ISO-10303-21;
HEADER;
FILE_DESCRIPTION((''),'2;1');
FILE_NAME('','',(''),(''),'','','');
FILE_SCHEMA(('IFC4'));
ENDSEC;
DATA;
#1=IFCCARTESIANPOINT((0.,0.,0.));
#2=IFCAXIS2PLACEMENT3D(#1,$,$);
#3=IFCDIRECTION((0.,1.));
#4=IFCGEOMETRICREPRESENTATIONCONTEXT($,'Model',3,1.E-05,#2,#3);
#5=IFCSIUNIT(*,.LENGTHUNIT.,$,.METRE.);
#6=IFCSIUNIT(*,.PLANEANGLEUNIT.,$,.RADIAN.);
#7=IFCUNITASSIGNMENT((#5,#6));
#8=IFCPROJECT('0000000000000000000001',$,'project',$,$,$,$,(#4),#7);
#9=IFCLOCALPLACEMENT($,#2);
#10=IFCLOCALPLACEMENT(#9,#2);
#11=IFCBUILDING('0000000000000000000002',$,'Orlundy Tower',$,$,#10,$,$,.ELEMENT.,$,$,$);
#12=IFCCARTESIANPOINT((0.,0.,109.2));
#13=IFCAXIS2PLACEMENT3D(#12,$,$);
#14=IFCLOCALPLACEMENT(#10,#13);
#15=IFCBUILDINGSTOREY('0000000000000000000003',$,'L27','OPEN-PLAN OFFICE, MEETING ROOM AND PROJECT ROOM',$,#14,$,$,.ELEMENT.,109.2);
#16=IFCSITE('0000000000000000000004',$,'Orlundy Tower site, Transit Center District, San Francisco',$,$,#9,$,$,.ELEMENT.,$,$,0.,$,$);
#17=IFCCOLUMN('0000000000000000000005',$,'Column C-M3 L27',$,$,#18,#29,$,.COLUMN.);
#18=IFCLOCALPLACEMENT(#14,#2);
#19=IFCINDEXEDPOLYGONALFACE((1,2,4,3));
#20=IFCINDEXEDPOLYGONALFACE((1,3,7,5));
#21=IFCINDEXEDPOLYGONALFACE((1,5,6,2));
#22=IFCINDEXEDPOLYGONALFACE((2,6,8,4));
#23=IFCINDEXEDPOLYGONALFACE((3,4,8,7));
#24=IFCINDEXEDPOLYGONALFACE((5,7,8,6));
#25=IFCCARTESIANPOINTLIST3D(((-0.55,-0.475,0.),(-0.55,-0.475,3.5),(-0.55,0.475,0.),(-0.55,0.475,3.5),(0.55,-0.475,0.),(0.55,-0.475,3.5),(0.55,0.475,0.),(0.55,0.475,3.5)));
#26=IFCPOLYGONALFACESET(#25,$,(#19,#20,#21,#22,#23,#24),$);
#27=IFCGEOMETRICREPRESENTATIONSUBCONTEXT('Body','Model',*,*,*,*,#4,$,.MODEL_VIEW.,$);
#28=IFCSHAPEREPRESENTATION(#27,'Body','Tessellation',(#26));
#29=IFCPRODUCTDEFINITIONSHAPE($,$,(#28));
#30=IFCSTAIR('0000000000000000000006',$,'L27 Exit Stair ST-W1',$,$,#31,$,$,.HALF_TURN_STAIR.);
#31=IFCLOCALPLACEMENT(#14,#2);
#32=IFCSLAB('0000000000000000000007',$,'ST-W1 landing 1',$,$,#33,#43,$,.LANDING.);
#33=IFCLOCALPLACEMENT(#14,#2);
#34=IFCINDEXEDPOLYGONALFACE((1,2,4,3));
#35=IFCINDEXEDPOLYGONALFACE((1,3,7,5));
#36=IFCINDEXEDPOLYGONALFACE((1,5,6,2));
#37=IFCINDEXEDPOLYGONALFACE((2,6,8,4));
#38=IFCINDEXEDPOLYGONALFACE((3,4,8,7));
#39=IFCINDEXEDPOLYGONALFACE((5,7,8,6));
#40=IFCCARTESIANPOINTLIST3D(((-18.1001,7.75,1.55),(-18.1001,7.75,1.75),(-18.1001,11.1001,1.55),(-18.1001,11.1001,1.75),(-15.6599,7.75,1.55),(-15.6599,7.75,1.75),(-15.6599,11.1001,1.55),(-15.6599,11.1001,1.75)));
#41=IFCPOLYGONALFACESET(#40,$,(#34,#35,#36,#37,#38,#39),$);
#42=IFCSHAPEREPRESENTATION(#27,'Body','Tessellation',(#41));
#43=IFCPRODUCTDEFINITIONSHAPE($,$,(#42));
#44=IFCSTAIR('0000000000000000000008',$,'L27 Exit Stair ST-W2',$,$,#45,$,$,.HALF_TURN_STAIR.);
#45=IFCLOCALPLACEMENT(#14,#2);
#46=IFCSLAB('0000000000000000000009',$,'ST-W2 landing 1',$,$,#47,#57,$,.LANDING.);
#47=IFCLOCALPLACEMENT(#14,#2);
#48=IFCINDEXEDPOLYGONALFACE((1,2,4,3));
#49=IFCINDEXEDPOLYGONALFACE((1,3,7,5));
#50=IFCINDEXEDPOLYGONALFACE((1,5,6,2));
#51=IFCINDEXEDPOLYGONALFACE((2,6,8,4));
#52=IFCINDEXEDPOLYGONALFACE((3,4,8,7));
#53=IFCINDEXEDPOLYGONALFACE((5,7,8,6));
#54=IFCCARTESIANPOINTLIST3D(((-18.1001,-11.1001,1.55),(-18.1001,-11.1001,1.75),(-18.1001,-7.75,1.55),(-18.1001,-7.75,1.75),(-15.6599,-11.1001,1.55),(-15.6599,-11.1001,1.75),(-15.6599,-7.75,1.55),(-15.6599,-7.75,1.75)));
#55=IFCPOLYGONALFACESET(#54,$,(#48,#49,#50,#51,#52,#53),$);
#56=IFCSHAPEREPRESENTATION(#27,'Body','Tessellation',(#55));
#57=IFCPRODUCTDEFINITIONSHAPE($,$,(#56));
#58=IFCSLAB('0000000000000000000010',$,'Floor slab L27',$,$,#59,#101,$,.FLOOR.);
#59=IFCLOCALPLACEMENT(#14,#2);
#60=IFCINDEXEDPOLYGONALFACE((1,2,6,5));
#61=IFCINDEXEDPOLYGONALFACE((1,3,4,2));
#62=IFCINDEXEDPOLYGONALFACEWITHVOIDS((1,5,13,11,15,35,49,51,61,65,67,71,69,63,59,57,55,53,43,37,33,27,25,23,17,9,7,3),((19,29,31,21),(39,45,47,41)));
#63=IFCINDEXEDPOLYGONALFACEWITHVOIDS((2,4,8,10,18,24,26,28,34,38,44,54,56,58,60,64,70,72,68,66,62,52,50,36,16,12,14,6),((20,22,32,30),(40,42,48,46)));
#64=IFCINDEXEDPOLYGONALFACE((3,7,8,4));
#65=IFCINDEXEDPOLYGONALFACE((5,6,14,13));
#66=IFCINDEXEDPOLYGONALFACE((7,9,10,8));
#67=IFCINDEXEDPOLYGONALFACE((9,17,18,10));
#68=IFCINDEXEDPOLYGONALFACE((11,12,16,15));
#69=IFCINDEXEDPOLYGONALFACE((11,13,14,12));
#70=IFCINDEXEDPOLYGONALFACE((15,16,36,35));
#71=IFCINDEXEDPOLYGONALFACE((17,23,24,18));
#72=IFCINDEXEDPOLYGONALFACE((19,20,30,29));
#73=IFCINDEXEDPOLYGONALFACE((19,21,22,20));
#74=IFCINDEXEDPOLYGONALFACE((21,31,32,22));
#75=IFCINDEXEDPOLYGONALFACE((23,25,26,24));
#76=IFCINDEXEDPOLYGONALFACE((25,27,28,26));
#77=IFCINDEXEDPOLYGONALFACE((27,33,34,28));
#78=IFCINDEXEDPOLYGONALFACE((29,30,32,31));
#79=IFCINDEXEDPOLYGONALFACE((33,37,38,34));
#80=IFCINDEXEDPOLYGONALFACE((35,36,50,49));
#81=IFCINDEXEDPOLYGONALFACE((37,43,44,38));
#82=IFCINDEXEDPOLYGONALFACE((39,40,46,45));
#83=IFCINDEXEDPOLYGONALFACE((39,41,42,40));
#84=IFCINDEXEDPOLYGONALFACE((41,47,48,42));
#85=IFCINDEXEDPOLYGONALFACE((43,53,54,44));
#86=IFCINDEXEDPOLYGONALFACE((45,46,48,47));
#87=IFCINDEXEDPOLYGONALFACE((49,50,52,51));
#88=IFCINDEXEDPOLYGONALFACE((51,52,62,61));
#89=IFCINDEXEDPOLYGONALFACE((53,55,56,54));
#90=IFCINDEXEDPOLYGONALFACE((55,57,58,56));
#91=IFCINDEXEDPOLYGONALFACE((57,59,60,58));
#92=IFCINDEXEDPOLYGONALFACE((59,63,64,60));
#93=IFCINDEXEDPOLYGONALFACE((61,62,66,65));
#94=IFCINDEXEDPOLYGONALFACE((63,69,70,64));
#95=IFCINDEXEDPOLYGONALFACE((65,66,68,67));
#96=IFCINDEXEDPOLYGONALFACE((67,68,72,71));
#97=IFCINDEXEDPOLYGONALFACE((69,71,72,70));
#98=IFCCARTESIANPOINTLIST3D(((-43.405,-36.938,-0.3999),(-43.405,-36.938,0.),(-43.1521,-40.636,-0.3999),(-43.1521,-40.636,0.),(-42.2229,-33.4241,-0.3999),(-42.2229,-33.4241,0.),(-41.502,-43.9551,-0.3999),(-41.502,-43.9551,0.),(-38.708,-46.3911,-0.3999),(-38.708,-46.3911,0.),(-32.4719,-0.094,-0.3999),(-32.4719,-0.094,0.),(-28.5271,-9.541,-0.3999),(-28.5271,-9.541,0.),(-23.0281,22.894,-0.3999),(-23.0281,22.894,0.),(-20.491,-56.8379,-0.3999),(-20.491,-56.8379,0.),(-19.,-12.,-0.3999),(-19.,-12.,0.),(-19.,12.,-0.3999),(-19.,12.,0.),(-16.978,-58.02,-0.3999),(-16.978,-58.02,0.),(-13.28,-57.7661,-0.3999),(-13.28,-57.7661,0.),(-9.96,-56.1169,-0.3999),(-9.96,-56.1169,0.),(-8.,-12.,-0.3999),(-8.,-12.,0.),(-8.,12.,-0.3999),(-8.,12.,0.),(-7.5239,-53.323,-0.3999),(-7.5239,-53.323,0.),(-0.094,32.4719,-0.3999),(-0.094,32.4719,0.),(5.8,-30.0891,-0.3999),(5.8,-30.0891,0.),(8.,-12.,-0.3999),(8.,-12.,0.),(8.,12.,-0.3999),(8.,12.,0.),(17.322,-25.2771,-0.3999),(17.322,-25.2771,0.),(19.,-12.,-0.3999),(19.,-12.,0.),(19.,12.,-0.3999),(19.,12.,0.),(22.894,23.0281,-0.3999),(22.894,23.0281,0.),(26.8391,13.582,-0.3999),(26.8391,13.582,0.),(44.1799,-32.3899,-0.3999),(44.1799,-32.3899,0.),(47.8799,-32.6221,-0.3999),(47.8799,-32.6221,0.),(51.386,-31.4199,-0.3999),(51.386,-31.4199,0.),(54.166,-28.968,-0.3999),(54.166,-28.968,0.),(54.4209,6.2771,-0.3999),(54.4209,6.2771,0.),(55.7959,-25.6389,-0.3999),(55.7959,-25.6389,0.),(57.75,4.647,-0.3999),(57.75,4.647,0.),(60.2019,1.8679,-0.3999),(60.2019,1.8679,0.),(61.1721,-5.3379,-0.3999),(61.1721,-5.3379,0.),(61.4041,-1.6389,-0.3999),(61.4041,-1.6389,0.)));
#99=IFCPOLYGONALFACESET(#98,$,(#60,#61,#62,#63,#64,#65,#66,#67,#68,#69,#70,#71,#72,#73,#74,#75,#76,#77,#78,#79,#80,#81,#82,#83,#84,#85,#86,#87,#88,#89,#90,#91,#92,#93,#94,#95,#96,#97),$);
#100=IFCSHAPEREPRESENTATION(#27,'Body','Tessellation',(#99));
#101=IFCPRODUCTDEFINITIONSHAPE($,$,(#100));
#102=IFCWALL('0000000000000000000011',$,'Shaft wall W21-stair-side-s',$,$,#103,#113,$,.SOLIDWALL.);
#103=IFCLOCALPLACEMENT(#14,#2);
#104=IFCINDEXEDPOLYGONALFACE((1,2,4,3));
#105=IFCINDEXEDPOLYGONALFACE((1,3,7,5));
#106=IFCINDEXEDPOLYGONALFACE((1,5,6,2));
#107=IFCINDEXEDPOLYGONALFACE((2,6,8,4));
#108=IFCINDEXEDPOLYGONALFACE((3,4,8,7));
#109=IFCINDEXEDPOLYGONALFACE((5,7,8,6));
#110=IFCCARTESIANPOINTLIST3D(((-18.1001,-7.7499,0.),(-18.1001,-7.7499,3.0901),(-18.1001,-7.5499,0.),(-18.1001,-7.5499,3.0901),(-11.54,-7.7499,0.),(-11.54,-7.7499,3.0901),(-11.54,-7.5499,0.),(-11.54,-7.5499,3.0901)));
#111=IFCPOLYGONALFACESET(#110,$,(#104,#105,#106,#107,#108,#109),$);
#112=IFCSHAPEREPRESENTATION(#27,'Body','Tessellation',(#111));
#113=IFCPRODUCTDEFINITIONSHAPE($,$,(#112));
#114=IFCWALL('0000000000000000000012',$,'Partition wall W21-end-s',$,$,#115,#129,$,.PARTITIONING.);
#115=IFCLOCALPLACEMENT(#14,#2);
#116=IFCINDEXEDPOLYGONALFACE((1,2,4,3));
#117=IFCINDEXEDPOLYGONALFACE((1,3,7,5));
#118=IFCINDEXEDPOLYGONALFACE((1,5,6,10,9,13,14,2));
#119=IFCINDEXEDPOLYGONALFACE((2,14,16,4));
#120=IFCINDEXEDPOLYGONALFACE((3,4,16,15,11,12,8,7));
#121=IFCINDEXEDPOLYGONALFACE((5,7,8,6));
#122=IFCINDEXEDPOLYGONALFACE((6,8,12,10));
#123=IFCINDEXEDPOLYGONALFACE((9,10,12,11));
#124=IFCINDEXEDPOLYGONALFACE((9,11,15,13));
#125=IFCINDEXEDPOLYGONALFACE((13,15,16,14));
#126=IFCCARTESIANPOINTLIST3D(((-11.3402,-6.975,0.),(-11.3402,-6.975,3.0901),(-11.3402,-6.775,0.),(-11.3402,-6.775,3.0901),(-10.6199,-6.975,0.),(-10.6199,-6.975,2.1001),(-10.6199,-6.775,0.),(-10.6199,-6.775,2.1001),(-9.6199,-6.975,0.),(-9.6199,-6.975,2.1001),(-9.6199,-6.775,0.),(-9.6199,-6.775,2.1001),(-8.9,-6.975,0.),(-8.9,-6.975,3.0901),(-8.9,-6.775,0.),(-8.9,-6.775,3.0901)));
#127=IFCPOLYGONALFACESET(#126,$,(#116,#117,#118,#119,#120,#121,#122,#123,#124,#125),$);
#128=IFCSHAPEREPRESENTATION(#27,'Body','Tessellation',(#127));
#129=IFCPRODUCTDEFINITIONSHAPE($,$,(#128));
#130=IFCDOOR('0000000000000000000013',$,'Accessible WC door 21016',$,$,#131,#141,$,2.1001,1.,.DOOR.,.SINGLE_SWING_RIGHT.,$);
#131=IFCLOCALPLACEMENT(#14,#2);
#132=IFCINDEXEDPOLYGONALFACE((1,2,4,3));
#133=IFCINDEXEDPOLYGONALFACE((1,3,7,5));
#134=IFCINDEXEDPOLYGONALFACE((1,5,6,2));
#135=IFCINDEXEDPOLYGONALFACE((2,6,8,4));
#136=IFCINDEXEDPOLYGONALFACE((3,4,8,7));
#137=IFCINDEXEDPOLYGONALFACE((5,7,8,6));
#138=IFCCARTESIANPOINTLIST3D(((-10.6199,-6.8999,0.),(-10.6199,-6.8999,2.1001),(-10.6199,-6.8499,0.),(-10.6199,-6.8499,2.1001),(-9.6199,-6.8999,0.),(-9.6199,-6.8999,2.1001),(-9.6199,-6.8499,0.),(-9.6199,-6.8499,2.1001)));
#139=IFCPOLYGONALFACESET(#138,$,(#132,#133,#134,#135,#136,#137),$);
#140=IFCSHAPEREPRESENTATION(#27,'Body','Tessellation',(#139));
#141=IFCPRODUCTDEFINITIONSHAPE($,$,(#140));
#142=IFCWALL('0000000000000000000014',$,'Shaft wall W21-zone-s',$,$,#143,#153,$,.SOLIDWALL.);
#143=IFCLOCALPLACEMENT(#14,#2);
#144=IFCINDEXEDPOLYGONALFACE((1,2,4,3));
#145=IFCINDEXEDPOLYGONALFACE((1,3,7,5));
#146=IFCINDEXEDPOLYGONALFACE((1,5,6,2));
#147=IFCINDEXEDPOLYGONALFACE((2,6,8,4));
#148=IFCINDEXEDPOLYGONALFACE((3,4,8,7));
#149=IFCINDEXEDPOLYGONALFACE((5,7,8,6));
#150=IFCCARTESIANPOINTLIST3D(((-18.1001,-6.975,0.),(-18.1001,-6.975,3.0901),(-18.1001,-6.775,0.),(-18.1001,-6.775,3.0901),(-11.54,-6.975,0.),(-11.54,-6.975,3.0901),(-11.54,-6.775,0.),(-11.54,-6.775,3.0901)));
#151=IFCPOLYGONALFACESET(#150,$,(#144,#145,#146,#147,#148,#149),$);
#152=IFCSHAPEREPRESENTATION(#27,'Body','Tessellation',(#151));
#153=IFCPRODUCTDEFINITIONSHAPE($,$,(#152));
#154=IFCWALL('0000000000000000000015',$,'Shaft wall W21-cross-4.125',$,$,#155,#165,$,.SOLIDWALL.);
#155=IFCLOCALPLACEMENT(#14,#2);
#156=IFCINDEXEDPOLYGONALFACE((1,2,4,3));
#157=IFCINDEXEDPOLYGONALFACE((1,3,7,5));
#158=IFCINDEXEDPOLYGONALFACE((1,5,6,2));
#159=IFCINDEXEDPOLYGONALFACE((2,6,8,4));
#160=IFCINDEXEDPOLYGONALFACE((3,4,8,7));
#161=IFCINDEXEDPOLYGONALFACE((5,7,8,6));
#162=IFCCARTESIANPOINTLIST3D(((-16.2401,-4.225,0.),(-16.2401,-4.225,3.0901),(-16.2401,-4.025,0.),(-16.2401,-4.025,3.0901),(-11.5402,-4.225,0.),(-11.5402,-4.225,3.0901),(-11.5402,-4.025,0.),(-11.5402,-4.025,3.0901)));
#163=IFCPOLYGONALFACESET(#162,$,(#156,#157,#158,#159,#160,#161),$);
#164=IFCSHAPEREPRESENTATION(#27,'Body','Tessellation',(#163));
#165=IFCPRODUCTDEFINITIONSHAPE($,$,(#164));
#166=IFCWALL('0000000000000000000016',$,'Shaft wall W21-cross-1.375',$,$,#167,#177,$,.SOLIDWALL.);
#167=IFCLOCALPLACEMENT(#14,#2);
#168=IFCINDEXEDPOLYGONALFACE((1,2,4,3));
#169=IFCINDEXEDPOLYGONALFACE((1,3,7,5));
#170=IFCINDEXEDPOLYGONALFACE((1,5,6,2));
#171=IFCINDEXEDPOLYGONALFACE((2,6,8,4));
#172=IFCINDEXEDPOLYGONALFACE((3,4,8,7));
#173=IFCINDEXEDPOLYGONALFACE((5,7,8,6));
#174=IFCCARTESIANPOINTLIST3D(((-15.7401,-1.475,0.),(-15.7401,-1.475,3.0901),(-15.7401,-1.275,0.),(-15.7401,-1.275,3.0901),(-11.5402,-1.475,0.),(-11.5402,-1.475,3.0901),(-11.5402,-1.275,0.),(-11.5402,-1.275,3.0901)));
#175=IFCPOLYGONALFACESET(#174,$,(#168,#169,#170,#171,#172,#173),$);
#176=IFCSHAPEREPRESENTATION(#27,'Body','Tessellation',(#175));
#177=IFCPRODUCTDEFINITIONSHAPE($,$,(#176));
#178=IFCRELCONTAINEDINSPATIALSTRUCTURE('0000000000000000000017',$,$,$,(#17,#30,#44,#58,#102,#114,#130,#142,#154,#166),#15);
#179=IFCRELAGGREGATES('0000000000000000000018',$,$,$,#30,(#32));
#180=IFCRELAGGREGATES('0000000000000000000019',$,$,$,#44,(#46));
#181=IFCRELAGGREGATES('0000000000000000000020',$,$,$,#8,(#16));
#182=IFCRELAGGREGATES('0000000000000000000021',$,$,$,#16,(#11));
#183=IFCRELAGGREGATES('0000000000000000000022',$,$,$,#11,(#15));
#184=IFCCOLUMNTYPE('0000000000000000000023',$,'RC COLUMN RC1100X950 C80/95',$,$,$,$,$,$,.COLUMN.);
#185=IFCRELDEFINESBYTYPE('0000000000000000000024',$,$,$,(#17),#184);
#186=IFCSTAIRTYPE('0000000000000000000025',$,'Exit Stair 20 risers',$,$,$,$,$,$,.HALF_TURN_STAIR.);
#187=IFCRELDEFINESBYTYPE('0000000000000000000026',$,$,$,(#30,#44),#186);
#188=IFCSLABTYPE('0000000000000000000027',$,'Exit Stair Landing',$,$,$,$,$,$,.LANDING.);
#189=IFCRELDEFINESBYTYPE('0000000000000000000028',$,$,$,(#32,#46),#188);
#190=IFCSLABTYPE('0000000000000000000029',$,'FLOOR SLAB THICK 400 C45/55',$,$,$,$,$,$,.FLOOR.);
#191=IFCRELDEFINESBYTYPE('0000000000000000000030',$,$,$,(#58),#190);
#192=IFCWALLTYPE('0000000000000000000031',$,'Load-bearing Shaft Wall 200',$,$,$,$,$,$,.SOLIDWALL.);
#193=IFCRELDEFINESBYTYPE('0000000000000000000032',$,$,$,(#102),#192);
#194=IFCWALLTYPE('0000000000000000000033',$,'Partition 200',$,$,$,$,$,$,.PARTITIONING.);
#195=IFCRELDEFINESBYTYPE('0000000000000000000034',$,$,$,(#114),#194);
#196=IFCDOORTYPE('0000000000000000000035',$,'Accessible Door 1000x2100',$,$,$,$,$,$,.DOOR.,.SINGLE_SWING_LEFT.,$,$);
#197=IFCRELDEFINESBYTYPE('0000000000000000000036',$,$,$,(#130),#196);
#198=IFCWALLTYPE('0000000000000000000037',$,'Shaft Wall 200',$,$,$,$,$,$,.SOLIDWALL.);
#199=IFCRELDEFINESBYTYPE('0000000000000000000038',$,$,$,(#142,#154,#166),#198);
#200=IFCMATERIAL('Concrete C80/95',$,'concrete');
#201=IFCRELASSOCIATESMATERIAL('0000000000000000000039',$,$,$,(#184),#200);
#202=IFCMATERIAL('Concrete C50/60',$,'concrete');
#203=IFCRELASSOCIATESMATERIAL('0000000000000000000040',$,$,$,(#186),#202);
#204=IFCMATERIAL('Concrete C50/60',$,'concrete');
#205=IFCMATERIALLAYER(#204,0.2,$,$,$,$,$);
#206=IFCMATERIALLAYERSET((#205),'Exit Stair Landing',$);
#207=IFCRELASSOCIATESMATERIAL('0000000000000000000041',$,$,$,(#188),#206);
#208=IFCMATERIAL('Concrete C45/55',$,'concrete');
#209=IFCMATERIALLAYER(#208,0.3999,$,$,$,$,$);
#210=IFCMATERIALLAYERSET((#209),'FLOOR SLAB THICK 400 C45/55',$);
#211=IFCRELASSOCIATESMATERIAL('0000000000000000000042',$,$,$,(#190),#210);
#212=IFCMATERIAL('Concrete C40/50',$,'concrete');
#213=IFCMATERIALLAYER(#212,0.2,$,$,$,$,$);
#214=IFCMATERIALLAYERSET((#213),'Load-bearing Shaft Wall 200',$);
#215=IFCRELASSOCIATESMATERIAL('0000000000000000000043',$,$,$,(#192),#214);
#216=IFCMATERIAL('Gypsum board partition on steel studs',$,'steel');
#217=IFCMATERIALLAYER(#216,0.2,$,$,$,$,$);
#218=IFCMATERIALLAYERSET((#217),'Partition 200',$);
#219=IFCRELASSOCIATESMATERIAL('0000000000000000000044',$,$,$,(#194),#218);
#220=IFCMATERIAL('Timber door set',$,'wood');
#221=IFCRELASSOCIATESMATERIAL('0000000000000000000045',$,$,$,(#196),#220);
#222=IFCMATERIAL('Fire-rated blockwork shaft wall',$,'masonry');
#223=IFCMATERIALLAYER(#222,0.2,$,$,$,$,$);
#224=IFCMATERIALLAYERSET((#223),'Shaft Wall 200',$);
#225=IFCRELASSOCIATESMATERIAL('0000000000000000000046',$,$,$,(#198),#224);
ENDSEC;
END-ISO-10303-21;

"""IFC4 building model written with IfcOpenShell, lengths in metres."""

from ifc_helpers import new_model, si_unit, direction, frame, frame_2d, origin, origin_with_axes, origin_2d, place, context, subcontext, project, spatial, polyline, rectangle, outline, extrude, material, layer, layer_set, material_profile, profile_set, type_object, element, fill, aggregate, save


model = new_model("IFC4")

# Units and contexts
model_context = context("Model", 3, precision=1e-05, world=origin(), true_north=direction((0.0, 1.0)))
body_context = subcontext(model_context, "Body", "Model", "MODEL_VIEW")
ifc_project = project(units=[si_unit("LENGTHUNIT", "METRE"), si_unit("PLANEANGLEUNIT", "RADIAN")], contexts=[model_context])

# Site, building, storey
site_placement = place(None, origin())
site = spatial("IfcSite", under=ifc_project, at=site_placement, Name="Orlundy Tower site, Transit Center District, San Francisco", CompositionType="ELEMENT", RefElevation=0.0)
building_placement = place(site_placement, origin())
building = spatial("IfcBuilding", under=site, at=building_placement, Name="Orlundy Tower", CompositionType="ELEMENT")
storey_placement = place(building_placement, frame((0.0, 0.0, 109.2)))
storey = spatial("IfcBuildingStorey", under=building, at=storey_placement, Name="L27", Description="OPEN-PLAN OFFICE, MEETING ROOM AND PROJECT ROOM", CompositionType="ELEMENT", Elevation=109.2)

# Column
ifc_material_1 = material(Name="Concrete C80/95", Category="concrete")
ifc_material_profile = material_profile(ifc_material_1, rectangle(XDim=1.1001, YDim=0.95, at=origin_2d()), Name="RC1100X950")
ifc_profile_set = profile_set([ifc_material_profile], Name="Concrete C80/95")
column_type = type_object("IfcColumnType", Name="RC COLUMN RC1100X950 C80/95", PredefinedType="COLUMN", material=ifc_profile_set)
column_placement = place(storey_placement, origin_with_axes())
element("IfcColumn", 1, at=column_placement, inside=storey, type_object=column_type, Name="Column C-M3 L27", PredefinedType="COLUMN", context=body_context, shape_type="SweptSolid", body=[
    extrude(rectangle(XDim=1.1001, YDim=0.95, at=origin_2d()), origin(), (0.0, 0.0, 1.0), 3.5),
])

# Stairs, slabs
ifc_material_2 = material(Name="Concrete C50/60", Category="concrete")
stair_type = type_object("IfcStairType", Name="Exit Stair 20 risers", PredefinedType="HALF_TURN_STAIR", material=ifc_material_2)
stair_1_placement = place(storey_placement, origin())
stair_1 = element("IfcStair", 2, at=stair_1_placement, inside=storey, type_object=stair_type, Name="L27 Exit Stair ST-W1", PredefinedType="HALF_TURN_STAIR")
ifc_material_3 = material(Name="Concrete C50/60", Category="concrete")
ifc_layer_1 = layer(ifc_material_3, 0.2)
ifc_layer_set_1 = layer_set([ifc_layer_1], Name="Exit Stair Landing")
slab_type_1 = type_object("IfcSlabType", Name="Exit Stair Landing", PredefinedType="LANDING", material=ifc_layer_set_1)
slab_1_placement = place(storey_placement, frame((0.0, 0.0, 1.55)))
slab_1 = element("IfcSlab", 3, at=slab_1_placement, type_object=slab_type_1, Name="ST-W1 landing 1", PredefinedType="LANDING", context=body_context, shape_type="SweptSolid", body=[
    extrude(outline(polyline([(-15.6599, 11.1001), (-18.1001, 11.1001), (-18.1001, 7.75), (-15.6599, 7.75), (-15.6599, 11.1001)])), origin(), (0.0, 0.0, 1.0), 0.2),
])
aggregate(stair_1, [slab_1])
stair_2_placement = place(storey_placement, origin())
stair_2 = element("IfcStair", 4, at=stair_2_placement, inside=storey, type_object=stair_type, Name="L27 Exit Stair ST-W2", PredefinedType="HALF_TURN_STAIR")
slab_2_placement = place(storey_placement, frame((0.0, 0.0, 1.55)))
slab_2 = element("IfcSlab", 5, at=slab_2_placement, type_object=slab_type_1, Name="ST-W2 landing 1", PredefinedType="LANDING", context=body_context, shape_type="SweptSolid", body=[
    extrude(outline(polyline([(-15.6599, -7.75), (-18.1001, -7.75), (-18.1001, -11.1001), (-15.6599, -11.1001), (-15.6599, -7.75)])), origin(), (0.0, 0.0, 1.0), 0.2),
])
aggregate(stair_2, [slab_2])

# Slab
ifc_material_4 = material(Name="Concrete C45/55", Category="concrete")
ifc_layer_2 = layer(ifc_material_4, 0.3999)
ifc_layer_set_2 = layer_set([ifc_layer_2], Name="FLOOR SLAB THICK 400 C45/55")
slab_type_2 = type_object("IfcSlabType", Name="FLOOR SLAB THICK 400 C45/55", PredefinedType="FLOOR", material=ifc_layer_set_2)
slab_3_placement = place(storey_placement, frame((0.0, 0.0, -0.3999)))
element("IfcSlab", 6, at=slab_3_placement, inside=storey, type_object=slab_type_2, Name="Floor slab L27", PredefinedType="FLOOR", context=body_context, shape_type="SweptSolid", body=[
    extrude(outline(polyline([(17.322, -25.2771), (5.8, -30.0891), (-7.5239, -53.323), (-9.96, -56.1169), (-13.28, -57.7661), (-16.978, -58.02), (-20.491, -56.8379), (-38.708, -46.3911), (-41.502, -43.9551), (-43.1521, -40.636), (-43.405, -36.938), (-42.2229, -33.4241), (-28.5271, -9.541), (-32.4719, -0.094), (-23.0281, 22.894), (-0.094, 32.4719), (22.894, 23.0281), (26.8391, 13.582), (54.4209, 6.2771), (57.75, 4.647), (60.2019, 1.8679), (61.4041, -1.6389), (61.1721, -5.3379), (55.7959, -25.6389), (54.166, -28.968), (51.386, -31.4199), (47.8799, -32.6221), (44.1799, -32.3899), (17.322, -25.2771)]), holes=[polyline([(-8.0, -12.0), (-8.0, 12.0), (-19.0, 12.0), (-19.0, -12.0), (-8.0, -12.0)]), polyline([(19.0, -12.0), (19.0, 12.0), (8.0, 12.0), (8.0, -12.0), (19.0, -12.0)])]), origin(), (0.0, 0.0, 1.0), 0.3999),
])

# Wall
ifc_material_5 = material(Name="Concrete C40/50", Category="concrete")
ifc_layer_3 = layer(ifc_material_5, 0.2)
ifc_layer_set_3 = layer_set([ifc_layer_3], Name="Load-bearing Shaft Wall 200")
wall_type_1 = type_object("IfcWallType", Name="Load-bearing Shaft Wall 200", PredefinedType="SOLIDWALL", material=ifc_layer_set_3)
wall_1_placement = place(storey_placement, frame((-11.54, -7.6499, 0.0), z_axis=(0.0, 0.0, 1.0), x_axis=(-1.0, 0.0, 0.0)))
element("IfcWall", 7, at=wall_1_placement, inside=storey, type_object=wall_type_1, Name="Shaft wall W21-stair-side-s", PredefinedType="SOLIDWALL", context=body_context, shape_type="SweptSolid", body=[
    extrude(rectangle(XDim=6.5601, YDim=0.2, at=frame_2d((3.28, 0.0))), origin(), (0.0, 0.0, 1.0), 3.0901),
])

# Wall, opening, door
ifc_material_6 = material(Name="Gypsum board partition on steel studs", Category="steel")
ifc_layer_4 = layer(ifc_material_6, 0.2)
ifc_layer_set_4 = layer_set([ifc_layer_4], Name="Partition 200")
wall_type_2 = type_object("IfcWallType", Name="Partition 200", PredefinedType="PARTITIONING", material=ifc_layer_set_4)
wall_2_placement = place(storey_placement, frame((-8.8999, -6.875, 0.0), z_axis=(0.0, 0.0, 1.0), x_axis=(-1.0, 0.0, 0.0)))
wall_2 = element("IfcWall", 8, at=wall_2_placement, inside=storey, type_object=wall_type_2, Name="Partition wall W21-end-s", PredefinedType="PARTITIONING", context=body_context, shape_type="SweptSolid", body=[
    extrude(rectangle(XDim=2.4402, YDim=0.2, at=frame_2d((1.2202, 0.0))), origin(), (0.0, 0.0, 1.0), 3.0901),
])
opening_1_placement = place(wall_2_placement, frame((0.72, 0.0, 0.0)))
opening_1 = element("IfcOpeningElement", 9, at=opening_1_placement, cuts=wall_2, PredefinedType="OPENING", context=body_context, shape_type="SweptSolid", body=[
    extrude(rectangle(XDim=1.0, YDim=2.1001, at=frame_2d((0.5, 1.05))), frame((0.0, 0.1101, 0.0), z_axis=(0.0, -1.0, 0.0), x_axis=(1.0, 0.0, 0.0)), (0.0, 0.0, 1.0), 0.2202),
])
ifc_material_7 = material(Name="Timber door set", Category="wood")
door_type_1 = type_object("IfcDoorType", Name="Accessible Door 1000x2100", OperationType="SINGLE_SWING_LEFT", PredefinedType="DOOR", material=ifc_material_7)
door_1_placement = place(opening_1_placement, origin())
door_1 = element("IfcDoor", 10, at=door_1_placement, inside=storey, type_object=door_type_1, Name="Accessible WC door 21016", OperationType="SINGLE_SWING_RIGHT", OverallHeight=2.1001, OverallWidth=1.0, PredefinedType="DOOR", context=body_context, shape_type="SweptSolid", body=[
    extrude(rectangle(XDim=1.0, YDim=2.1001, at=frame_2d((0.5, 1.05))), frame((0.0, 0.0249, 0.0), z_axis=(0.0, -1.0, 0.0), x_axis=(1.0, 0.0, 0.0)), (0.0, 0.0, 1.0), 0.05),
])
fill(opening_1, door_1)

# Walls
ifc_material_8 = material(Name="Fire-rated blockwork shaft wall", Category="masonry")
ifc_layer_5 = layer(ifc_material_8, 0.2)
ifc_layer_set_5 = layer_set([ifc_layer_5], Name="Shaft Wall 200")
wall_type_3 = type_object("IfcWallType", Name="Shaft Wall 200", PredefinedType="SOLIDWALL", material=ifc_layer_set_5)
wall_3_placement = place(storey_placement, frame((-11.54, -6.875, 0.0), z_axis=(0.0, 0.0, 1.0), x_axis=(-1.0, 0.0, 0.0)))
element("IfcWall", 11, at=wall_3_placement, inside=storey, type_object=wall_type_3, Name="Shaft wall W21-zone-s", PredefinedType="SOLIDWALL", context=body_context, shape_type="SweptSolid", body=[
    extrude(rectangle(XDim=6.5601, YDim=0.2, at=frame_2d((3.28, 0.0))), origin(), (0.0, 0.0, 1.0), 3.0901),
])
wall_4_placement = place(storey_placement, frame((-11.54, -4.125, 0.0), z_axis=(0.0, 0.0, 1.0), x_axis=(-1.0, 0.0, 0.0)))
element("IfcWall", 12, at=wall_4_placement, inside=storey, type_object=wall_type_3, Name="Shaft wall W21-cross-4.125", PredefinedType="SOLIDWALL", context=body_context, shape_type="SweptSolid", body=[
    extrude(rectangle(XDim=4.7, YDim=0.2, at=frame_2d((2.3501, 0.0))), origin(), (0.0, 0.0, 1.0), 3.0901),
])
wall_5_placement = place(storey_placement, frame((-11.54, -1.375, 0.0), z_axis=(0.0, 0.0, 1.0), x_axis=(-1.0, 0.0, 0.0)))
element("IfcWall", 13, at=wall_5_placement, inside=storey, type_object=wall_type_3, Name="Shaft wall W21-cross-1.375", PredefinedType="SOLIDWALL", context=body_context, shape_type="SweptSolid", body=[
    extrude(rectangle(XDim=4.2, YDim=0.2, at=frame_2d((2.1001, 0.0))), origin(), (0.0, 0.0, 1.0), 3.0901),
])

save(model, "model.ifc")
